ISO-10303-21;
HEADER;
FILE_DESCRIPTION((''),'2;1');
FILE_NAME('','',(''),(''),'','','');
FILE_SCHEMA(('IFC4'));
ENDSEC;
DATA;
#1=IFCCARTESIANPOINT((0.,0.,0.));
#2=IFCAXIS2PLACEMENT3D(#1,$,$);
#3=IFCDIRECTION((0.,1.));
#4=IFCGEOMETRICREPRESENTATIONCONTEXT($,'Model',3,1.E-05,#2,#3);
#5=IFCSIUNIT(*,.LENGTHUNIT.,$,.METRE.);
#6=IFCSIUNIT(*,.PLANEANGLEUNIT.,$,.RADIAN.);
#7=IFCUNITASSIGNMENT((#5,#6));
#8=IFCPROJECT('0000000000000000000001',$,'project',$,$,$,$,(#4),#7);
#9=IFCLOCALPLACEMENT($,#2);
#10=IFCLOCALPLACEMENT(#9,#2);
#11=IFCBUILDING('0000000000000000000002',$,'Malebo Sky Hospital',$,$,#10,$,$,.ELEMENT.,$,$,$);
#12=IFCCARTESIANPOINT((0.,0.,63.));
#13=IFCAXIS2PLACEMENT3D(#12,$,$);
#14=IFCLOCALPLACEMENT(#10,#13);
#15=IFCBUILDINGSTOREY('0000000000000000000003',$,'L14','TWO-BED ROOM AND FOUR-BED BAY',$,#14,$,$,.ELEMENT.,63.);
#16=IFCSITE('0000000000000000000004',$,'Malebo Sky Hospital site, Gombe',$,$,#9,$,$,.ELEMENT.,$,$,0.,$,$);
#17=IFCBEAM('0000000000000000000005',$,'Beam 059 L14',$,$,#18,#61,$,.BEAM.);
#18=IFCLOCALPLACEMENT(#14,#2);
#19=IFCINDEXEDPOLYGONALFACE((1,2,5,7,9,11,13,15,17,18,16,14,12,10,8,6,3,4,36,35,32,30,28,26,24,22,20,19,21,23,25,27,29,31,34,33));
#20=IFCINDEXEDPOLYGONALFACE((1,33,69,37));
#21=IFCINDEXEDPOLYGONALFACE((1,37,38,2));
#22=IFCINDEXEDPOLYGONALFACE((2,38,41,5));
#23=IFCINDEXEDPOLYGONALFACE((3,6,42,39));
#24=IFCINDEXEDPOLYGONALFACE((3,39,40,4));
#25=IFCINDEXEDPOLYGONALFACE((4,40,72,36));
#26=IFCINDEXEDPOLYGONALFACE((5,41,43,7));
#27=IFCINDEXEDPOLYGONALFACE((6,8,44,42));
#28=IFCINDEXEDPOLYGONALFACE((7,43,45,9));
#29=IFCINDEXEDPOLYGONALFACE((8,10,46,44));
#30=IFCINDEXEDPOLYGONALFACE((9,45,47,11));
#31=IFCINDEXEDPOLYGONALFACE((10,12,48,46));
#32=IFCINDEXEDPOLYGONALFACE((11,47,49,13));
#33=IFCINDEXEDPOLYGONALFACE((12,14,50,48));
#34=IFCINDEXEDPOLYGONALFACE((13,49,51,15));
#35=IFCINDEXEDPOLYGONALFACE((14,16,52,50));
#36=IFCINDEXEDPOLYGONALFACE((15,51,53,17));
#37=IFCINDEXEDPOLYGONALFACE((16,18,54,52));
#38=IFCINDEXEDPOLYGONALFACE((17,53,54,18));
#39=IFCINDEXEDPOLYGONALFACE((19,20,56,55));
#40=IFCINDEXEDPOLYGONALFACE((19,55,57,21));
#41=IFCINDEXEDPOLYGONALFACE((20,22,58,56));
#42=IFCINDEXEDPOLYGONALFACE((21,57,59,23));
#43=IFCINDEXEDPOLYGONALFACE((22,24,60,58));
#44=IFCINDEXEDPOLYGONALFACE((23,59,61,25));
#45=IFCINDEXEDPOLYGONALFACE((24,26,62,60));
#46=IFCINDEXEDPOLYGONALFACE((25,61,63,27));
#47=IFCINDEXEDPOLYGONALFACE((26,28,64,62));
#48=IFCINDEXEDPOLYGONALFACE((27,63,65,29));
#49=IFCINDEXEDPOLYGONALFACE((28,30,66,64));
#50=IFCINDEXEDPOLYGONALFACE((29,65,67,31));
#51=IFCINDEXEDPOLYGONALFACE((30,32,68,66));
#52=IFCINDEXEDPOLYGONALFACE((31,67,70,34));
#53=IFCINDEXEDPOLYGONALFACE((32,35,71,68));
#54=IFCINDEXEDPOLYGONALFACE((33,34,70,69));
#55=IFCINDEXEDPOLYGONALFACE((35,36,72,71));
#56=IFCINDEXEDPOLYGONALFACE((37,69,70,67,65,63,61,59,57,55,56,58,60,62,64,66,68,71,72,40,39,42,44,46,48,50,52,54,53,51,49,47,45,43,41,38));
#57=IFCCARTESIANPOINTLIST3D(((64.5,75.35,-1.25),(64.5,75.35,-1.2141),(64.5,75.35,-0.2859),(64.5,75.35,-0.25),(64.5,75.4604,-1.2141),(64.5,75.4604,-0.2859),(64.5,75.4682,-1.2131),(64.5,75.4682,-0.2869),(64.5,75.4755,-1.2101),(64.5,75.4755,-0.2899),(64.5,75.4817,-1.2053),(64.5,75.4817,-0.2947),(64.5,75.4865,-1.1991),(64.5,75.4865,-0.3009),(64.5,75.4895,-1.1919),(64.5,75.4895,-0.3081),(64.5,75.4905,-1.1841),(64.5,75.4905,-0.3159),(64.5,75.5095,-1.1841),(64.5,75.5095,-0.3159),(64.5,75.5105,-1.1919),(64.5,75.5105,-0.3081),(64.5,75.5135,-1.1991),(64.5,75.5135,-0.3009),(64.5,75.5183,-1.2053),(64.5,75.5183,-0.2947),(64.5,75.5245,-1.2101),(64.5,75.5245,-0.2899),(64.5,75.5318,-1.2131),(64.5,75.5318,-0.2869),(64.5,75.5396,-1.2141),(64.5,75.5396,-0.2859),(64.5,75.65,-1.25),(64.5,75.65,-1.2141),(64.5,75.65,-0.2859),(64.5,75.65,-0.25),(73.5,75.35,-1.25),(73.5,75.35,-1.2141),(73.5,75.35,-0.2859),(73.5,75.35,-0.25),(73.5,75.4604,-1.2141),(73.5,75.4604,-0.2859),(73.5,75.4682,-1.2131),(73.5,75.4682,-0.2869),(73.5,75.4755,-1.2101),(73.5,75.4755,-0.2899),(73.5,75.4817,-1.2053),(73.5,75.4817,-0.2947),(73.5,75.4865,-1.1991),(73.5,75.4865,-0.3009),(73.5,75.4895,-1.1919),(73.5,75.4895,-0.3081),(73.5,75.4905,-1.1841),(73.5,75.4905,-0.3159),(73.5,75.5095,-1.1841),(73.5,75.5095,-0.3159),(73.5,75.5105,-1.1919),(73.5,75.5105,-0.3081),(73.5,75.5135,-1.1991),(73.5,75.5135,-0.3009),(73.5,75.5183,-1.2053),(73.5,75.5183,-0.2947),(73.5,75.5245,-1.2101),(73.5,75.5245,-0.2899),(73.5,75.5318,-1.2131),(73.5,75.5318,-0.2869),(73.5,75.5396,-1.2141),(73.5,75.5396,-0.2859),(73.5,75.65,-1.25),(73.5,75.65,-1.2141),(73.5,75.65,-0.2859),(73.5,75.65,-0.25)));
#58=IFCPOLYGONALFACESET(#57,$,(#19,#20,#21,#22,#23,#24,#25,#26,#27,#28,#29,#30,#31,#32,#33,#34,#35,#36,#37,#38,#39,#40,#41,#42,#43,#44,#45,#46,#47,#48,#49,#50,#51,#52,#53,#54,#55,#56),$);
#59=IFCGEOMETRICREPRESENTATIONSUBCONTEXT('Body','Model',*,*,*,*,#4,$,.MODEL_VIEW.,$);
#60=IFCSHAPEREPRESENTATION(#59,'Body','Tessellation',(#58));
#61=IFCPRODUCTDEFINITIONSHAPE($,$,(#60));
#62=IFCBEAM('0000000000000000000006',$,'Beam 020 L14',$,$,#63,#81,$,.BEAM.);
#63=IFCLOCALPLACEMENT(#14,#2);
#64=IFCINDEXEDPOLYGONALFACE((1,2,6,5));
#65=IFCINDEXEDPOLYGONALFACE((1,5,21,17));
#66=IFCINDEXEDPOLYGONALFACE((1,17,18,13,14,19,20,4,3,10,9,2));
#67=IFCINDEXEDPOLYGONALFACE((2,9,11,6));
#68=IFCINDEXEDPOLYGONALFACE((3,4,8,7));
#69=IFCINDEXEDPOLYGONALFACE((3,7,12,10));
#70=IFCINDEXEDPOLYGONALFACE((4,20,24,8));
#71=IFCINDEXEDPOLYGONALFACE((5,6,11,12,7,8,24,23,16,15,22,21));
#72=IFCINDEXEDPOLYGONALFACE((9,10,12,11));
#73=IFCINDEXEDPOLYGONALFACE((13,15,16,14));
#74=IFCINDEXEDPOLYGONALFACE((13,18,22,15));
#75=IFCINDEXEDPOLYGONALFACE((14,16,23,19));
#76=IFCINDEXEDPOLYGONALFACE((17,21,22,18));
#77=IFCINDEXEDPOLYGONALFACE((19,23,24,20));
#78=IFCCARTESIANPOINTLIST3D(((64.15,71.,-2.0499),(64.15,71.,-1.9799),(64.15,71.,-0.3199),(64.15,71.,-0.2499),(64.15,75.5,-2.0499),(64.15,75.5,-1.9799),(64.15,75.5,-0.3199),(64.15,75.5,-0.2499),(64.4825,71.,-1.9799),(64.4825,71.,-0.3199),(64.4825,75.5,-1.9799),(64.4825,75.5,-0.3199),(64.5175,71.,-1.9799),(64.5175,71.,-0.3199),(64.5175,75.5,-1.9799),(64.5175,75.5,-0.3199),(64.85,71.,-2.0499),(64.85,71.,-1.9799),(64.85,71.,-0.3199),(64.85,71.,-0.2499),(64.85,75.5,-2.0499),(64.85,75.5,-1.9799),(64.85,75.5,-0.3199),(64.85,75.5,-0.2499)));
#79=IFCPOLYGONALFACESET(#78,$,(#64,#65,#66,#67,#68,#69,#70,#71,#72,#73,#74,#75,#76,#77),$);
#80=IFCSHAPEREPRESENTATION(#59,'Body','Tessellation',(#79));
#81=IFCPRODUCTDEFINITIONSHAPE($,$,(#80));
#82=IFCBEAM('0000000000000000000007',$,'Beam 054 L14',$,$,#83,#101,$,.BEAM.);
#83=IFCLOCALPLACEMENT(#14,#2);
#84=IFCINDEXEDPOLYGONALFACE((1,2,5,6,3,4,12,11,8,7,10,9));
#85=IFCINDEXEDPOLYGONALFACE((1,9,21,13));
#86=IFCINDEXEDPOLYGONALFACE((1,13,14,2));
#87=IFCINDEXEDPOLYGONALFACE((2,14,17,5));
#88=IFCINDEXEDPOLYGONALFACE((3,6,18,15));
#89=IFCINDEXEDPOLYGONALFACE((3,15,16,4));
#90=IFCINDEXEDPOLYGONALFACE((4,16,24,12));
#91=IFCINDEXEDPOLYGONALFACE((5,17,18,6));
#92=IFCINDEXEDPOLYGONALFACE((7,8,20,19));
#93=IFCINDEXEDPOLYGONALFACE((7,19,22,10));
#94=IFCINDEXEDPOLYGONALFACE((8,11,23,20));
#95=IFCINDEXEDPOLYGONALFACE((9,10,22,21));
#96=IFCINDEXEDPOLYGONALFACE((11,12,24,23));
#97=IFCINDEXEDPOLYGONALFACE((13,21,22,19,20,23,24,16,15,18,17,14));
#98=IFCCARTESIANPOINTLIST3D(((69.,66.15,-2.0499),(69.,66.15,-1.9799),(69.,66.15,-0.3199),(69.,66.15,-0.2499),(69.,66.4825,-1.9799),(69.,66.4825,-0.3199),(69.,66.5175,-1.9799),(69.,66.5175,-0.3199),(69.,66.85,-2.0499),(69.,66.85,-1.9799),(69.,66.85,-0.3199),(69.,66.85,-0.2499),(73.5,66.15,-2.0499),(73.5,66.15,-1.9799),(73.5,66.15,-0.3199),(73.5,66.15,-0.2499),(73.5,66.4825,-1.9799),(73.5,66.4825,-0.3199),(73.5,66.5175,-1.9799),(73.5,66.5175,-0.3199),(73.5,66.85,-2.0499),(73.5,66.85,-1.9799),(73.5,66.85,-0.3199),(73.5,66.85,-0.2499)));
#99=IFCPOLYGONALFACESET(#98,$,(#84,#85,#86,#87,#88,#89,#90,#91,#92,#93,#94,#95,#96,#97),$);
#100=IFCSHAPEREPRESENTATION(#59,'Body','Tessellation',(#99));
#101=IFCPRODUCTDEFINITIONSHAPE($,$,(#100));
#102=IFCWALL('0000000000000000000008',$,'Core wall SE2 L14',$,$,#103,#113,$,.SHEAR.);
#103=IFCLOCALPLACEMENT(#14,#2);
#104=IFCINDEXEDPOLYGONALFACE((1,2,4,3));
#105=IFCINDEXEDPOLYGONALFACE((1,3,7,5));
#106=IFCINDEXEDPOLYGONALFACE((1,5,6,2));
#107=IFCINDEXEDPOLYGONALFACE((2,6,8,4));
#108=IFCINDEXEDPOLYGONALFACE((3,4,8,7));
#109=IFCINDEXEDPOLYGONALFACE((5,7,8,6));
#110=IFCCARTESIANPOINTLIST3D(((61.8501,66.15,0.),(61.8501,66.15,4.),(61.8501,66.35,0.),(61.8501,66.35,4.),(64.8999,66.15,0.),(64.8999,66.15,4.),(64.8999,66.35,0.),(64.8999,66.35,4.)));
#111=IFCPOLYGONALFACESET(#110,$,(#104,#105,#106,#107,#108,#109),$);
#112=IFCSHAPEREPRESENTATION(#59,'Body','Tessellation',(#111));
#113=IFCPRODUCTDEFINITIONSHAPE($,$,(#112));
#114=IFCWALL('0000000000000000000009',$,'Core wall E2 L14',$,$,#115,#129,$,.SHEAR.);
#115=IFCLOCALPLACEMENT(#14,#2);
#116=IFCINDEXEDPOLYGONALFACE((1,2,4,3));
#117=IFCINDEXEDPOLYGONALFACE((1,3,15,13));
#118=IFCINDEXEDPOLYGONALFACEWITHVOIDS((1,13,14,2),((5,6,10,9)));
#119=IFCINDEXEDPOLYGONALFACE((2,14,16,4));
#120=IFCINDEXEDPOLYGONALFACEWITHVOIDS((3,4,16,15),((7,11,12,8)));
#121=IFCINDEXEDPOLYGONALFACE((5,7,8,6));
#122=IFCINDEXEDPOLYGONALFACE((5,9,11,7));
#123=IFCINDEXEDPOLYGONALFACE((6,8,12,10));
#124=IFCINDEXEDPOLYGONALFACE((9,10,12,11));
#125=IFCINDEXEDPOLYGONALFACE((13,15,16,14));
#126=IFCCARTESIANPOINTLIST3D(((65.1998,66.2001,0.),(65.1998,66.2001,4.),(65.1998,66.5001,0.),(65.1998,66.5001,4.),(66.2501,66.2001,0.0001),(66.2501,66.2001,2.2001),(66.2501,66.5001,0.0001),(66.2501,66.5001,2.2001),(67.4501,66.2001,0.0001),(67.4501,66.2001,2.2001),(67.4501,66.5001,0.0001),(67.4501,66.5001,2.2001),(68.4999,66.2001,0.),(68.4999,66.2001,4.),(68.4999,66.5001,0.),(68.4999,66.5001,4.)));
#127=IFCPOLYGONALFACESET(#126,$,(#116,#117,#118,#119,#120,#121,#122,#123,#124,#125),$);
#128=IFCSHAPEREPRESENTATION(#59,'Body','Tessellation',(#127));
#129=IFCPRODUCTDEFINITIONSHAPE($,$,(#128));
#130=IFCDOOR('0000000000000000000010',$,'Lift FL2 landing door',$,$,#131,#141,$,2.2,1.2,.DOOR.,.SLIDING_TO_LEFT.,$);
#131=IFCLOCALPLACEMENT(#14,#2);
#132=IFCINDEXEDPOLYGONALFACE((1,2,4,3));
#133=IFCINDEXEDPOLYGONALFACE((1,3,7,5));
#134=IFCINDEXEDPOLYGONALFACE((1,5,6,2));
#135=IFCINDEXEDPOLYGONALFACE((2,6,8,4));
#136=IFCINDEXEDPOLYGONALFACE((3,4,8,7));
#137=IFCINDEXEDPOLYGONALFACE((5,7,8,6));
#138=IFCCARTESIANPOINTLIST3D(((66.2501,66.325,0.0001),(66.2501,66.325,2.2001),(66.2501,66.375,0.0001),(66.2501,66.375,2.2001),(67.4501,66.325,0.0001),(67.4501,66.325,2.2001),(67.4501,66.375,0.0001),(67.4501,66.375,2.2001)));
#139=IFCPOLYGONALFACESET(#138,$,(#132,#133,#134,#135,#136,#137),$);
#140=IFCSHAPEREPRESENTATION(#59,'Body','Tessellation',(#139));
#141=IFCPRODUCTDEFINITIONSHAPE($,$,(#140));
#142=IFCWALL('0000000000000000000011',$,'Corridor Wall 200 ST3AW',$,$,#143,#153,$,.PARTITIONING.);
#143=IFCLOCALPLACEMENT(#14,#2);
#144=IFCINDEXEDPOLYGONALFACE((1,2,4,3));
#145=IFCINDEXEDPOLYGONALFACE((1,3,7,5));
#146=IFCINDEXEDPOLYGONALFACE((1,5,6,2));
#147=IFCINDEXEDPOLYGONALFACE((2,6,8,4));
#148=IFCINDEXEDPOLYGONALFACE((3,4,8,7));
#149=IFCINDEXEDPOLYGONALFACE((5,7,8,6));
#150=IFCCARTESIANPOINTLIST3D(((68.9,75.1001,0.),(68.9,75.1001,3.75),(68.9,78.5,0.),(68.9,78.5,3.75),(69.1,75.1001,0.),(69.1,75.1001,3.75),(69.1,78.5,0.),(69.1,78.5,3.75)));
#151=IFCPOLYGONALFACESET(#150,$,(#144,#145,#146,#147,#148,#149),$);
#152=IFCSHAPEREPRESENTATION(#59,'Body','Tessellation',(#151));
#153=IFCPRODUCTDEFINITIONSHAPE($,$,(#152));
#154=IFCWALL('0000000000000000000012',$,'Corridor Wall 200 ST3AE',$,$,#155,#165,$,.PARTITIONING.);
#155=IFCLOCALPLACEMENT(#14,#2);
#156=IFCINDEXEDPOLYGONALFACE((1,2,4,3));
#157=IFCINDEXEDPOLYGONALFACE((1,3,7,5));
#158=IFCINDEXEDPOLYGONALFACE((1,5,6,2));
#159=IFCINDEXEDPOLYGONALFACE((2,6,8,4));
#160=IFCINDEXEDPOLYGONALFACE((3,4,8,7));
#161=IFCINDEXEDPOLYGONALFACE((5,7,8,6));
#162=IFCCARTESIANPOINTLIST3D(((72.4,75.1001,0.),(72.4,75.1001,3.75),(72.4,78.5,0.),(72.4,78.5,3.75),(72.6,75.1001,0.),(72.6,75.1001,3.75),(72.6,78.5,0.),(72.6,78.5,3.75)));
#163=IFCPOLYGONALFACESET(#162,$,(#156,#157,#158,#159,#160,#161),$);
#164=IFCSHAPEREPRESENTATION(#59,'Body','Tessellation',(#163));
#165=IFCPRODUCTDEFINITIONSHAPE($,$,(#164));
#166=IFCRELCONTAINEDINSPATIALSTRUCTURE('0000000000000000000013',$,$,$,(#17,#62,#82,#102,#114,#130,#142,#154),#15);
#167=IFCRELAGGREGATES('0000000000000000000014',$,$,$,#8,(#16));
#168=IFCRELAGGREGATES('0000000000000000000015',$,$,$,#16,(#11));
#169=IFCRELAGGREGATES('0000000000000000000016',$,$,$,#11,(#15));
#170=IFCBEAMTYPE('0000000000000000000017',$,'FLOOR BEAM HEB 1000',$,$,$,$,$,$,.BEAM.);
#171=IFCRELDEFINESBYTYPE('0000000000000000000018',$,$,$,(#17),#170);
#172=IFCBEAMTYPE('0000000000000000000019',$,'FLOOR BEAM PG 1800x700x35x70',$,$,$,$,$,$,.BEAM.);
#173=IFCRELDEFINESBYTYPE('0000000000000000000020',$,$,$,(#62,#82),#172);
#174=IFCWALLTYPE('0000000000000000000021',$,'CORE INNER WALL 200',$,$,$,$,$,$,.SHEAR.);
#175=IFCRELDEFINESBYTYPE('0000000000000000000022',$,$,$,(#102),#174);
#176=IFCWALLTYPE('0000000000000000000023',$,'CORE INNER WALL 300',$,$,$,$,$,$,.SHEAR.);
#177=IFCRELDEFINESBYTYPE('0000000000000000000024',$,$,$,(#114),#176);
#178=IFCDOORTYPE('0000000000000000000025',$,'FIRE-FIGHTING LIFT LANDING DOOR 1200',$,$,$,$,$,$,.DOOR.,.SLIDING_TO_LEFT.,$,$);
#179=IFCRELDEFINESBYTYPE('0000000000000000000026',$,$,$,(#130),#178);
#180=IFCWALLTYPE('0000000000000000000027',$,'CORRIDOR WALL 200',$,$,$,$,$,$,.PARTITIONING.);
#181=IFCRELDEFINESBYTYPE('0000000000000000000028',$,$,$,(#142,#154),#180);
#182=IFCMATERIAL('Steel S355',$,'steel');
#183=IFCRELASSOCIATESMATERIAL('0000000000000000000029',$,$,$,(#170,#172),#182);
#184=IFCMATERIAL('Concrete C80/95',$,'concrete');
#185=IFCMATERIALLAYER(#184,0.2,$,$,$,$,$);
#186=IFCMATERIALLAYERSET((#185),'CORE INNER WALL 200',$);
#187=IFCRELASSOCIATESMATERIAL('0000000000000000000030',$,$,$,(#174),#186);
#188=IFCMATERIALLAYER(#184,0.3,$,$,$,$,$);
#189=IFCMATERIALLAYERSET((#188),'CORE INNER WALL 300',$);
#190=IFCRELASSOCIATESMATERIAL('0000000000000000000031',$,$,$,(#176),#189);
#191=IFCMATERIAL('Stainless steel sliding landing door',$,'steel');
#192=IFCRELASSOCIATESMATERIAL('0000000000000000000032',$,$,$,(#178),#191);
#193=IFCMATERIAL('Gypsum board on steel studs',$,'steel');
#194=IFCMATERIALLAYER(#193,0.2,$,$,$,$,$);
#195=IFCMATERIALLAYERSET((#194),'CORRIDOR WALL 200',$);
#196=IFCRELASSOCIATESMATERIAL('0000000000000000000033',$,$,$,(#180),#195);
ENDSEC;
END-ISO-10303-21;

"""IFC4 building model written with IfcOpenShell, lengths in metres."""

from ifc_helpers import new_model, si_unit, direction, frame, frame_2d, origin, origin_2d, place, context, subcontext, project, spatial, rectangle, i_section, extrude, material, layer, layer_set, material_profile, profile_set, type_object, element, fill, save


model = new_model("IFC4")

# Units and contexts
model_context = context("Model", 3, precision=1e-05, world=origin(), true_north=direction((0.0, 1.0)))
body_context = subcontext(model_context, "Body", "Model", "MODEL_VIEW")
ifc_project = project(units=[si_unit("LENGTHUNIT", "METRE"), si_unit("PLANEANGLEUNIT", "RADIAN")], contexts=[model_context])

# Site, building, storey
site_placement = place(None, origin())
site = spatial("IfcSite", under=ifc_project, at=site_placement, Name="Malebo Sky Hospital site, Gombe", CompositionType="ELEMENT", RefElevation=0.0)
building_placement = place(site_placement, origin())
building = spatial("IfcBuilding", under=site, at=building_placement, Name="Malebo Sky Hospital", CompositionType="ELEMENT")
storey_placement = place(building_placement, frame((0.0, 0.0, 63.0)))
storey = spatial("IfcBuildingStorey", under=building, at=storey_placement, Name="L14", Description="TWO-BED ROOM AND FOUR-BED BAY", CompositionType="ELEMENT", Elevation=63.0)

# Beams
ifc_material_1 = material(Name="Steel S355", Category="steel")
ifc_material_profile_1 = material_profile(ifc_material_1, i_section(OverallWidth=0.3, OverallDepth=1.0, WebThickness=0.019, FlangeThickness=0.0359, FilletRadius=0.03, at=origin_2d()), Name="HEB 1000")
ifc_profile_set_1 = profile_set([ifc_material_profile_1], Name="Steel S355")
beam_type_1 = type_object("IfcBeamType", Name="FLOOR BEAM HEB 1000", PredefinedType="BEAM", material=ifc_profile_set_1)
beam_1_placement = place(storey_placement, frame((64.5, 75.5, -0.75), z_axis=(1.0, 0.0, 0.0), x_axis=(0.0, 1.0, 0.0)))
element("IfcBeam", 1, at=beam_1_placement, inside=storey, type_object=beam_type_1, Name="Beam 059 L14", PredefinedType="BEAM", context=body_context, shape_type="SweptSolid", body=[
    extrude(i_section(OverallWidth=0.3, OverallDepth=1.0, WebThickness=0.019, FlangeThickness=0.0359, FilletRadius=0.03, at=origin_2d()), origin(), (0.0, 0.0, 1.0), 9.0),
])
ifc_material_profile_2 = material_profile(ifc_material_1, i_section(OverallWidth=0.7, OverallDepth=1.8, WebThickness=0.0349, FlangeThickness=0.0701, at=origin_2d()), Name="PG 1800x700x35x70")
ifc_profile_set_2 = profile_set([ifc_material_profile_2], Name="Steel S355")
beam_type_2 = type_object("IfcBeamType", Name="FLOOR BEAM PG 1800x700x35x70", PredefinedType="BEAM", material=ifc_profile_set_2)
for number, where, z_axis, x_axis, name in (
    (2, (64.5, 71.0, -1.1499), (0.0, 1.0, 0.0), (-1.0, 0.0, 0.0), "Beam 020 L14"),
    (3, (69.0, 66.5, -1.1499), (1.0, 0.0, 0.0), (0.0, 1.0, 0.0), "Beam 054 L14"),
):
    element("IfcBeam", number, at=place(storey_placement, frame(where, z_axis=z_axis, x_axis=x_axis)), inside=storey, type_object=beam_type_2, Name=name, PredefinedType="BEAM", context=body_context, shape_type="SweptSolid", body=[
        extrude(i_section(OverallWidth=0.7, OverallDepth=1.8, WebThickness=0.0349, FlangeThickness=0.0701, at=origin_2d()), origin(), (0.0, 0.0, 1.0), 4.5),
    ])

# Wall
ifc_material_2 = material(Name="Concrete C80/95", Category="concrete")
ifc_layer_1 = layer(ifc_material_2, 0.2)
ifc_layer_set_1 = layer_set([ifc_layer_1], Name="CORE INNER WALL 200")
wall_type_1 = type_object("IfcWallType", Name="CORE INNER WALL 200", PredefinedType="SHEAR", material=ifc_layer_set_1)
wall_1_placement = place(storey_placement, frame((61.8501, 66.25, 0.0), z_axis=(0.0, 0.0, 1.0), x_axis=(1.0, 0.0, 0.0)))
element("IfcWall", 4, at=wall_1_placement, inside=storey, type_object=wall_type_1, Name="Core wall SE2 L14", PredefinedType="SHEAR", context=body_context, shape_type="SweptSolid", body=[
    extrude(rectangle(XDim=3.0498, YDim=0.2, at=frame_2d((1.5249, 0.0))), origin(), (0.0, 0.0, 1.0), 4.0),
])

# Wall, opening, door
ifc_layer_2 = layer(ifc_material_2, 0.3)
ifc_layer_set_2 = layer_set([ifc_layer_2], Name="CORE INNER WALL 300")
wall_type_2 = type_object("IfcWallType", Name="CORE INNER WALL 300", PredefinedType="SHEAR", material=ifc_layer_set_2)
wall_2_placement = place(storey_placement, frame((65.2, 66.3501, 0.0), z_axis=(0.0, 0.0, 1.0), x_axis=(1.0, 0.0, 0.0)))
wall_2 = element("IfcWall", 5, at=wall_2_placement, inside=storey, type_object=wall_type_2, Name="Core wall E2 L14", PredefinedType="SHEAR", context=body_context, shape_type="SweptSolid", body=[
    extrude(rectangle(XDim=3.3, YDim=0.3, at=frame_2d((1.6499, 0.0))), origin(), (0.0, 0.0, 1.0), 4.0),
])
opening_1_placement = place(wall_2_placement, frame((1.05, 0.0, 0.0)))
opening_1 = element("IfcOpeningElement", 6, at=opening_1_placement, cuts=wall_2, PredefinedType="OPENING", context=body_context, shape_type="SweptSolid", body=[
    extrude(rectangle(XDim=1.2, YDim=2.2, at=frame_2d((0.6001, 1.1001))), frame((0.0, 0.1599, 0.0), z_axis=(0.0, -1.0, 0.0), x_axis=(1.0, 0.0, 0.0)), (0.0, 0.0, 1.0), 0.3201),
])
ifc_material_3 = material(Name="Stainless steel sliding landing door", Category="steel")
door_type_1 = type_object("IfcDoorType", Name="FIRE-FIGHTING LIFT LANDING DOOR 1200", OperationType="SLIDING_TO_LEFT", PredefinedType="DOOR", material=ifc_material_3)
door_1_placement = place(opening_1_placement, origin())
door_1 = element("IfcDoor", 7, at=door_1_placement, inside=storey, type_object=door_type_1, Name="Lift FL2 landing door", OperationType="SLIDING_TO_LEFT", OverallHeight=2.2, OverallWidth=1.2, PredefinedType="DOOR", context=body_context, shape_type="SweptSolid", body=[
    extrude(rectangle(XDim=1.2, YDim=2.2, at=frame_2d((0.6001, 1.1001))), frame((0.0, 0.0249, 0.0), z_axis=(0.0, -1.0, 0.0), x_axis=(1.0, 0.0, 0.0)), (0.0, 0.0, 1.0), 0.05),
])
fill(opening_1, door_1)

# Walls
ifc_material_4 = material(Name="Gypsum board on steel studs", Category="steel")
ifc_layer_3 = layer(ifc_material_4, 0.2)
ifc_layer_set_3 = layer_set([ifc_layer_3], Name="CORRIDOR WALL 200")
wall_type_3 = type_object("IfcWallType", Name="CORRIDOR WALL 200", PredefinedType="PARTITIONING", material=ifc_layer_set_3)
for number, where, z_axis, x_axis, name in (
    (8, (69.0, 75.1001, 0.0), (0.0, 0.0, 1.0), (0.0, 1.0, 0.0), "Corridor Wall 200 ST3AW"),
    (9, (72.5, 75.1001, 0.0), (0.0, 0.0, 1.0), (0.0, 1.0, 0.0), "Corridor Wall 200 ST3AE"),
):
    element("IfcWall", number, at=place(storey_placement, frame(where, z_axis=z_axis, x_axis=x_axis)), inside=storey, type_object=wall_type_3, Name=name, PredefinedType="PARTITIONING", context=body_context, shape_type="SweptSolid", body=[
        extrude(rectangle(XDim=3.3999, YDim=0.2, at=frame_2d((1.7, 0.0))), origin(), (0.0, 0.0, 1.0), 3.75),
    ])

save(model, "model.ifc")
